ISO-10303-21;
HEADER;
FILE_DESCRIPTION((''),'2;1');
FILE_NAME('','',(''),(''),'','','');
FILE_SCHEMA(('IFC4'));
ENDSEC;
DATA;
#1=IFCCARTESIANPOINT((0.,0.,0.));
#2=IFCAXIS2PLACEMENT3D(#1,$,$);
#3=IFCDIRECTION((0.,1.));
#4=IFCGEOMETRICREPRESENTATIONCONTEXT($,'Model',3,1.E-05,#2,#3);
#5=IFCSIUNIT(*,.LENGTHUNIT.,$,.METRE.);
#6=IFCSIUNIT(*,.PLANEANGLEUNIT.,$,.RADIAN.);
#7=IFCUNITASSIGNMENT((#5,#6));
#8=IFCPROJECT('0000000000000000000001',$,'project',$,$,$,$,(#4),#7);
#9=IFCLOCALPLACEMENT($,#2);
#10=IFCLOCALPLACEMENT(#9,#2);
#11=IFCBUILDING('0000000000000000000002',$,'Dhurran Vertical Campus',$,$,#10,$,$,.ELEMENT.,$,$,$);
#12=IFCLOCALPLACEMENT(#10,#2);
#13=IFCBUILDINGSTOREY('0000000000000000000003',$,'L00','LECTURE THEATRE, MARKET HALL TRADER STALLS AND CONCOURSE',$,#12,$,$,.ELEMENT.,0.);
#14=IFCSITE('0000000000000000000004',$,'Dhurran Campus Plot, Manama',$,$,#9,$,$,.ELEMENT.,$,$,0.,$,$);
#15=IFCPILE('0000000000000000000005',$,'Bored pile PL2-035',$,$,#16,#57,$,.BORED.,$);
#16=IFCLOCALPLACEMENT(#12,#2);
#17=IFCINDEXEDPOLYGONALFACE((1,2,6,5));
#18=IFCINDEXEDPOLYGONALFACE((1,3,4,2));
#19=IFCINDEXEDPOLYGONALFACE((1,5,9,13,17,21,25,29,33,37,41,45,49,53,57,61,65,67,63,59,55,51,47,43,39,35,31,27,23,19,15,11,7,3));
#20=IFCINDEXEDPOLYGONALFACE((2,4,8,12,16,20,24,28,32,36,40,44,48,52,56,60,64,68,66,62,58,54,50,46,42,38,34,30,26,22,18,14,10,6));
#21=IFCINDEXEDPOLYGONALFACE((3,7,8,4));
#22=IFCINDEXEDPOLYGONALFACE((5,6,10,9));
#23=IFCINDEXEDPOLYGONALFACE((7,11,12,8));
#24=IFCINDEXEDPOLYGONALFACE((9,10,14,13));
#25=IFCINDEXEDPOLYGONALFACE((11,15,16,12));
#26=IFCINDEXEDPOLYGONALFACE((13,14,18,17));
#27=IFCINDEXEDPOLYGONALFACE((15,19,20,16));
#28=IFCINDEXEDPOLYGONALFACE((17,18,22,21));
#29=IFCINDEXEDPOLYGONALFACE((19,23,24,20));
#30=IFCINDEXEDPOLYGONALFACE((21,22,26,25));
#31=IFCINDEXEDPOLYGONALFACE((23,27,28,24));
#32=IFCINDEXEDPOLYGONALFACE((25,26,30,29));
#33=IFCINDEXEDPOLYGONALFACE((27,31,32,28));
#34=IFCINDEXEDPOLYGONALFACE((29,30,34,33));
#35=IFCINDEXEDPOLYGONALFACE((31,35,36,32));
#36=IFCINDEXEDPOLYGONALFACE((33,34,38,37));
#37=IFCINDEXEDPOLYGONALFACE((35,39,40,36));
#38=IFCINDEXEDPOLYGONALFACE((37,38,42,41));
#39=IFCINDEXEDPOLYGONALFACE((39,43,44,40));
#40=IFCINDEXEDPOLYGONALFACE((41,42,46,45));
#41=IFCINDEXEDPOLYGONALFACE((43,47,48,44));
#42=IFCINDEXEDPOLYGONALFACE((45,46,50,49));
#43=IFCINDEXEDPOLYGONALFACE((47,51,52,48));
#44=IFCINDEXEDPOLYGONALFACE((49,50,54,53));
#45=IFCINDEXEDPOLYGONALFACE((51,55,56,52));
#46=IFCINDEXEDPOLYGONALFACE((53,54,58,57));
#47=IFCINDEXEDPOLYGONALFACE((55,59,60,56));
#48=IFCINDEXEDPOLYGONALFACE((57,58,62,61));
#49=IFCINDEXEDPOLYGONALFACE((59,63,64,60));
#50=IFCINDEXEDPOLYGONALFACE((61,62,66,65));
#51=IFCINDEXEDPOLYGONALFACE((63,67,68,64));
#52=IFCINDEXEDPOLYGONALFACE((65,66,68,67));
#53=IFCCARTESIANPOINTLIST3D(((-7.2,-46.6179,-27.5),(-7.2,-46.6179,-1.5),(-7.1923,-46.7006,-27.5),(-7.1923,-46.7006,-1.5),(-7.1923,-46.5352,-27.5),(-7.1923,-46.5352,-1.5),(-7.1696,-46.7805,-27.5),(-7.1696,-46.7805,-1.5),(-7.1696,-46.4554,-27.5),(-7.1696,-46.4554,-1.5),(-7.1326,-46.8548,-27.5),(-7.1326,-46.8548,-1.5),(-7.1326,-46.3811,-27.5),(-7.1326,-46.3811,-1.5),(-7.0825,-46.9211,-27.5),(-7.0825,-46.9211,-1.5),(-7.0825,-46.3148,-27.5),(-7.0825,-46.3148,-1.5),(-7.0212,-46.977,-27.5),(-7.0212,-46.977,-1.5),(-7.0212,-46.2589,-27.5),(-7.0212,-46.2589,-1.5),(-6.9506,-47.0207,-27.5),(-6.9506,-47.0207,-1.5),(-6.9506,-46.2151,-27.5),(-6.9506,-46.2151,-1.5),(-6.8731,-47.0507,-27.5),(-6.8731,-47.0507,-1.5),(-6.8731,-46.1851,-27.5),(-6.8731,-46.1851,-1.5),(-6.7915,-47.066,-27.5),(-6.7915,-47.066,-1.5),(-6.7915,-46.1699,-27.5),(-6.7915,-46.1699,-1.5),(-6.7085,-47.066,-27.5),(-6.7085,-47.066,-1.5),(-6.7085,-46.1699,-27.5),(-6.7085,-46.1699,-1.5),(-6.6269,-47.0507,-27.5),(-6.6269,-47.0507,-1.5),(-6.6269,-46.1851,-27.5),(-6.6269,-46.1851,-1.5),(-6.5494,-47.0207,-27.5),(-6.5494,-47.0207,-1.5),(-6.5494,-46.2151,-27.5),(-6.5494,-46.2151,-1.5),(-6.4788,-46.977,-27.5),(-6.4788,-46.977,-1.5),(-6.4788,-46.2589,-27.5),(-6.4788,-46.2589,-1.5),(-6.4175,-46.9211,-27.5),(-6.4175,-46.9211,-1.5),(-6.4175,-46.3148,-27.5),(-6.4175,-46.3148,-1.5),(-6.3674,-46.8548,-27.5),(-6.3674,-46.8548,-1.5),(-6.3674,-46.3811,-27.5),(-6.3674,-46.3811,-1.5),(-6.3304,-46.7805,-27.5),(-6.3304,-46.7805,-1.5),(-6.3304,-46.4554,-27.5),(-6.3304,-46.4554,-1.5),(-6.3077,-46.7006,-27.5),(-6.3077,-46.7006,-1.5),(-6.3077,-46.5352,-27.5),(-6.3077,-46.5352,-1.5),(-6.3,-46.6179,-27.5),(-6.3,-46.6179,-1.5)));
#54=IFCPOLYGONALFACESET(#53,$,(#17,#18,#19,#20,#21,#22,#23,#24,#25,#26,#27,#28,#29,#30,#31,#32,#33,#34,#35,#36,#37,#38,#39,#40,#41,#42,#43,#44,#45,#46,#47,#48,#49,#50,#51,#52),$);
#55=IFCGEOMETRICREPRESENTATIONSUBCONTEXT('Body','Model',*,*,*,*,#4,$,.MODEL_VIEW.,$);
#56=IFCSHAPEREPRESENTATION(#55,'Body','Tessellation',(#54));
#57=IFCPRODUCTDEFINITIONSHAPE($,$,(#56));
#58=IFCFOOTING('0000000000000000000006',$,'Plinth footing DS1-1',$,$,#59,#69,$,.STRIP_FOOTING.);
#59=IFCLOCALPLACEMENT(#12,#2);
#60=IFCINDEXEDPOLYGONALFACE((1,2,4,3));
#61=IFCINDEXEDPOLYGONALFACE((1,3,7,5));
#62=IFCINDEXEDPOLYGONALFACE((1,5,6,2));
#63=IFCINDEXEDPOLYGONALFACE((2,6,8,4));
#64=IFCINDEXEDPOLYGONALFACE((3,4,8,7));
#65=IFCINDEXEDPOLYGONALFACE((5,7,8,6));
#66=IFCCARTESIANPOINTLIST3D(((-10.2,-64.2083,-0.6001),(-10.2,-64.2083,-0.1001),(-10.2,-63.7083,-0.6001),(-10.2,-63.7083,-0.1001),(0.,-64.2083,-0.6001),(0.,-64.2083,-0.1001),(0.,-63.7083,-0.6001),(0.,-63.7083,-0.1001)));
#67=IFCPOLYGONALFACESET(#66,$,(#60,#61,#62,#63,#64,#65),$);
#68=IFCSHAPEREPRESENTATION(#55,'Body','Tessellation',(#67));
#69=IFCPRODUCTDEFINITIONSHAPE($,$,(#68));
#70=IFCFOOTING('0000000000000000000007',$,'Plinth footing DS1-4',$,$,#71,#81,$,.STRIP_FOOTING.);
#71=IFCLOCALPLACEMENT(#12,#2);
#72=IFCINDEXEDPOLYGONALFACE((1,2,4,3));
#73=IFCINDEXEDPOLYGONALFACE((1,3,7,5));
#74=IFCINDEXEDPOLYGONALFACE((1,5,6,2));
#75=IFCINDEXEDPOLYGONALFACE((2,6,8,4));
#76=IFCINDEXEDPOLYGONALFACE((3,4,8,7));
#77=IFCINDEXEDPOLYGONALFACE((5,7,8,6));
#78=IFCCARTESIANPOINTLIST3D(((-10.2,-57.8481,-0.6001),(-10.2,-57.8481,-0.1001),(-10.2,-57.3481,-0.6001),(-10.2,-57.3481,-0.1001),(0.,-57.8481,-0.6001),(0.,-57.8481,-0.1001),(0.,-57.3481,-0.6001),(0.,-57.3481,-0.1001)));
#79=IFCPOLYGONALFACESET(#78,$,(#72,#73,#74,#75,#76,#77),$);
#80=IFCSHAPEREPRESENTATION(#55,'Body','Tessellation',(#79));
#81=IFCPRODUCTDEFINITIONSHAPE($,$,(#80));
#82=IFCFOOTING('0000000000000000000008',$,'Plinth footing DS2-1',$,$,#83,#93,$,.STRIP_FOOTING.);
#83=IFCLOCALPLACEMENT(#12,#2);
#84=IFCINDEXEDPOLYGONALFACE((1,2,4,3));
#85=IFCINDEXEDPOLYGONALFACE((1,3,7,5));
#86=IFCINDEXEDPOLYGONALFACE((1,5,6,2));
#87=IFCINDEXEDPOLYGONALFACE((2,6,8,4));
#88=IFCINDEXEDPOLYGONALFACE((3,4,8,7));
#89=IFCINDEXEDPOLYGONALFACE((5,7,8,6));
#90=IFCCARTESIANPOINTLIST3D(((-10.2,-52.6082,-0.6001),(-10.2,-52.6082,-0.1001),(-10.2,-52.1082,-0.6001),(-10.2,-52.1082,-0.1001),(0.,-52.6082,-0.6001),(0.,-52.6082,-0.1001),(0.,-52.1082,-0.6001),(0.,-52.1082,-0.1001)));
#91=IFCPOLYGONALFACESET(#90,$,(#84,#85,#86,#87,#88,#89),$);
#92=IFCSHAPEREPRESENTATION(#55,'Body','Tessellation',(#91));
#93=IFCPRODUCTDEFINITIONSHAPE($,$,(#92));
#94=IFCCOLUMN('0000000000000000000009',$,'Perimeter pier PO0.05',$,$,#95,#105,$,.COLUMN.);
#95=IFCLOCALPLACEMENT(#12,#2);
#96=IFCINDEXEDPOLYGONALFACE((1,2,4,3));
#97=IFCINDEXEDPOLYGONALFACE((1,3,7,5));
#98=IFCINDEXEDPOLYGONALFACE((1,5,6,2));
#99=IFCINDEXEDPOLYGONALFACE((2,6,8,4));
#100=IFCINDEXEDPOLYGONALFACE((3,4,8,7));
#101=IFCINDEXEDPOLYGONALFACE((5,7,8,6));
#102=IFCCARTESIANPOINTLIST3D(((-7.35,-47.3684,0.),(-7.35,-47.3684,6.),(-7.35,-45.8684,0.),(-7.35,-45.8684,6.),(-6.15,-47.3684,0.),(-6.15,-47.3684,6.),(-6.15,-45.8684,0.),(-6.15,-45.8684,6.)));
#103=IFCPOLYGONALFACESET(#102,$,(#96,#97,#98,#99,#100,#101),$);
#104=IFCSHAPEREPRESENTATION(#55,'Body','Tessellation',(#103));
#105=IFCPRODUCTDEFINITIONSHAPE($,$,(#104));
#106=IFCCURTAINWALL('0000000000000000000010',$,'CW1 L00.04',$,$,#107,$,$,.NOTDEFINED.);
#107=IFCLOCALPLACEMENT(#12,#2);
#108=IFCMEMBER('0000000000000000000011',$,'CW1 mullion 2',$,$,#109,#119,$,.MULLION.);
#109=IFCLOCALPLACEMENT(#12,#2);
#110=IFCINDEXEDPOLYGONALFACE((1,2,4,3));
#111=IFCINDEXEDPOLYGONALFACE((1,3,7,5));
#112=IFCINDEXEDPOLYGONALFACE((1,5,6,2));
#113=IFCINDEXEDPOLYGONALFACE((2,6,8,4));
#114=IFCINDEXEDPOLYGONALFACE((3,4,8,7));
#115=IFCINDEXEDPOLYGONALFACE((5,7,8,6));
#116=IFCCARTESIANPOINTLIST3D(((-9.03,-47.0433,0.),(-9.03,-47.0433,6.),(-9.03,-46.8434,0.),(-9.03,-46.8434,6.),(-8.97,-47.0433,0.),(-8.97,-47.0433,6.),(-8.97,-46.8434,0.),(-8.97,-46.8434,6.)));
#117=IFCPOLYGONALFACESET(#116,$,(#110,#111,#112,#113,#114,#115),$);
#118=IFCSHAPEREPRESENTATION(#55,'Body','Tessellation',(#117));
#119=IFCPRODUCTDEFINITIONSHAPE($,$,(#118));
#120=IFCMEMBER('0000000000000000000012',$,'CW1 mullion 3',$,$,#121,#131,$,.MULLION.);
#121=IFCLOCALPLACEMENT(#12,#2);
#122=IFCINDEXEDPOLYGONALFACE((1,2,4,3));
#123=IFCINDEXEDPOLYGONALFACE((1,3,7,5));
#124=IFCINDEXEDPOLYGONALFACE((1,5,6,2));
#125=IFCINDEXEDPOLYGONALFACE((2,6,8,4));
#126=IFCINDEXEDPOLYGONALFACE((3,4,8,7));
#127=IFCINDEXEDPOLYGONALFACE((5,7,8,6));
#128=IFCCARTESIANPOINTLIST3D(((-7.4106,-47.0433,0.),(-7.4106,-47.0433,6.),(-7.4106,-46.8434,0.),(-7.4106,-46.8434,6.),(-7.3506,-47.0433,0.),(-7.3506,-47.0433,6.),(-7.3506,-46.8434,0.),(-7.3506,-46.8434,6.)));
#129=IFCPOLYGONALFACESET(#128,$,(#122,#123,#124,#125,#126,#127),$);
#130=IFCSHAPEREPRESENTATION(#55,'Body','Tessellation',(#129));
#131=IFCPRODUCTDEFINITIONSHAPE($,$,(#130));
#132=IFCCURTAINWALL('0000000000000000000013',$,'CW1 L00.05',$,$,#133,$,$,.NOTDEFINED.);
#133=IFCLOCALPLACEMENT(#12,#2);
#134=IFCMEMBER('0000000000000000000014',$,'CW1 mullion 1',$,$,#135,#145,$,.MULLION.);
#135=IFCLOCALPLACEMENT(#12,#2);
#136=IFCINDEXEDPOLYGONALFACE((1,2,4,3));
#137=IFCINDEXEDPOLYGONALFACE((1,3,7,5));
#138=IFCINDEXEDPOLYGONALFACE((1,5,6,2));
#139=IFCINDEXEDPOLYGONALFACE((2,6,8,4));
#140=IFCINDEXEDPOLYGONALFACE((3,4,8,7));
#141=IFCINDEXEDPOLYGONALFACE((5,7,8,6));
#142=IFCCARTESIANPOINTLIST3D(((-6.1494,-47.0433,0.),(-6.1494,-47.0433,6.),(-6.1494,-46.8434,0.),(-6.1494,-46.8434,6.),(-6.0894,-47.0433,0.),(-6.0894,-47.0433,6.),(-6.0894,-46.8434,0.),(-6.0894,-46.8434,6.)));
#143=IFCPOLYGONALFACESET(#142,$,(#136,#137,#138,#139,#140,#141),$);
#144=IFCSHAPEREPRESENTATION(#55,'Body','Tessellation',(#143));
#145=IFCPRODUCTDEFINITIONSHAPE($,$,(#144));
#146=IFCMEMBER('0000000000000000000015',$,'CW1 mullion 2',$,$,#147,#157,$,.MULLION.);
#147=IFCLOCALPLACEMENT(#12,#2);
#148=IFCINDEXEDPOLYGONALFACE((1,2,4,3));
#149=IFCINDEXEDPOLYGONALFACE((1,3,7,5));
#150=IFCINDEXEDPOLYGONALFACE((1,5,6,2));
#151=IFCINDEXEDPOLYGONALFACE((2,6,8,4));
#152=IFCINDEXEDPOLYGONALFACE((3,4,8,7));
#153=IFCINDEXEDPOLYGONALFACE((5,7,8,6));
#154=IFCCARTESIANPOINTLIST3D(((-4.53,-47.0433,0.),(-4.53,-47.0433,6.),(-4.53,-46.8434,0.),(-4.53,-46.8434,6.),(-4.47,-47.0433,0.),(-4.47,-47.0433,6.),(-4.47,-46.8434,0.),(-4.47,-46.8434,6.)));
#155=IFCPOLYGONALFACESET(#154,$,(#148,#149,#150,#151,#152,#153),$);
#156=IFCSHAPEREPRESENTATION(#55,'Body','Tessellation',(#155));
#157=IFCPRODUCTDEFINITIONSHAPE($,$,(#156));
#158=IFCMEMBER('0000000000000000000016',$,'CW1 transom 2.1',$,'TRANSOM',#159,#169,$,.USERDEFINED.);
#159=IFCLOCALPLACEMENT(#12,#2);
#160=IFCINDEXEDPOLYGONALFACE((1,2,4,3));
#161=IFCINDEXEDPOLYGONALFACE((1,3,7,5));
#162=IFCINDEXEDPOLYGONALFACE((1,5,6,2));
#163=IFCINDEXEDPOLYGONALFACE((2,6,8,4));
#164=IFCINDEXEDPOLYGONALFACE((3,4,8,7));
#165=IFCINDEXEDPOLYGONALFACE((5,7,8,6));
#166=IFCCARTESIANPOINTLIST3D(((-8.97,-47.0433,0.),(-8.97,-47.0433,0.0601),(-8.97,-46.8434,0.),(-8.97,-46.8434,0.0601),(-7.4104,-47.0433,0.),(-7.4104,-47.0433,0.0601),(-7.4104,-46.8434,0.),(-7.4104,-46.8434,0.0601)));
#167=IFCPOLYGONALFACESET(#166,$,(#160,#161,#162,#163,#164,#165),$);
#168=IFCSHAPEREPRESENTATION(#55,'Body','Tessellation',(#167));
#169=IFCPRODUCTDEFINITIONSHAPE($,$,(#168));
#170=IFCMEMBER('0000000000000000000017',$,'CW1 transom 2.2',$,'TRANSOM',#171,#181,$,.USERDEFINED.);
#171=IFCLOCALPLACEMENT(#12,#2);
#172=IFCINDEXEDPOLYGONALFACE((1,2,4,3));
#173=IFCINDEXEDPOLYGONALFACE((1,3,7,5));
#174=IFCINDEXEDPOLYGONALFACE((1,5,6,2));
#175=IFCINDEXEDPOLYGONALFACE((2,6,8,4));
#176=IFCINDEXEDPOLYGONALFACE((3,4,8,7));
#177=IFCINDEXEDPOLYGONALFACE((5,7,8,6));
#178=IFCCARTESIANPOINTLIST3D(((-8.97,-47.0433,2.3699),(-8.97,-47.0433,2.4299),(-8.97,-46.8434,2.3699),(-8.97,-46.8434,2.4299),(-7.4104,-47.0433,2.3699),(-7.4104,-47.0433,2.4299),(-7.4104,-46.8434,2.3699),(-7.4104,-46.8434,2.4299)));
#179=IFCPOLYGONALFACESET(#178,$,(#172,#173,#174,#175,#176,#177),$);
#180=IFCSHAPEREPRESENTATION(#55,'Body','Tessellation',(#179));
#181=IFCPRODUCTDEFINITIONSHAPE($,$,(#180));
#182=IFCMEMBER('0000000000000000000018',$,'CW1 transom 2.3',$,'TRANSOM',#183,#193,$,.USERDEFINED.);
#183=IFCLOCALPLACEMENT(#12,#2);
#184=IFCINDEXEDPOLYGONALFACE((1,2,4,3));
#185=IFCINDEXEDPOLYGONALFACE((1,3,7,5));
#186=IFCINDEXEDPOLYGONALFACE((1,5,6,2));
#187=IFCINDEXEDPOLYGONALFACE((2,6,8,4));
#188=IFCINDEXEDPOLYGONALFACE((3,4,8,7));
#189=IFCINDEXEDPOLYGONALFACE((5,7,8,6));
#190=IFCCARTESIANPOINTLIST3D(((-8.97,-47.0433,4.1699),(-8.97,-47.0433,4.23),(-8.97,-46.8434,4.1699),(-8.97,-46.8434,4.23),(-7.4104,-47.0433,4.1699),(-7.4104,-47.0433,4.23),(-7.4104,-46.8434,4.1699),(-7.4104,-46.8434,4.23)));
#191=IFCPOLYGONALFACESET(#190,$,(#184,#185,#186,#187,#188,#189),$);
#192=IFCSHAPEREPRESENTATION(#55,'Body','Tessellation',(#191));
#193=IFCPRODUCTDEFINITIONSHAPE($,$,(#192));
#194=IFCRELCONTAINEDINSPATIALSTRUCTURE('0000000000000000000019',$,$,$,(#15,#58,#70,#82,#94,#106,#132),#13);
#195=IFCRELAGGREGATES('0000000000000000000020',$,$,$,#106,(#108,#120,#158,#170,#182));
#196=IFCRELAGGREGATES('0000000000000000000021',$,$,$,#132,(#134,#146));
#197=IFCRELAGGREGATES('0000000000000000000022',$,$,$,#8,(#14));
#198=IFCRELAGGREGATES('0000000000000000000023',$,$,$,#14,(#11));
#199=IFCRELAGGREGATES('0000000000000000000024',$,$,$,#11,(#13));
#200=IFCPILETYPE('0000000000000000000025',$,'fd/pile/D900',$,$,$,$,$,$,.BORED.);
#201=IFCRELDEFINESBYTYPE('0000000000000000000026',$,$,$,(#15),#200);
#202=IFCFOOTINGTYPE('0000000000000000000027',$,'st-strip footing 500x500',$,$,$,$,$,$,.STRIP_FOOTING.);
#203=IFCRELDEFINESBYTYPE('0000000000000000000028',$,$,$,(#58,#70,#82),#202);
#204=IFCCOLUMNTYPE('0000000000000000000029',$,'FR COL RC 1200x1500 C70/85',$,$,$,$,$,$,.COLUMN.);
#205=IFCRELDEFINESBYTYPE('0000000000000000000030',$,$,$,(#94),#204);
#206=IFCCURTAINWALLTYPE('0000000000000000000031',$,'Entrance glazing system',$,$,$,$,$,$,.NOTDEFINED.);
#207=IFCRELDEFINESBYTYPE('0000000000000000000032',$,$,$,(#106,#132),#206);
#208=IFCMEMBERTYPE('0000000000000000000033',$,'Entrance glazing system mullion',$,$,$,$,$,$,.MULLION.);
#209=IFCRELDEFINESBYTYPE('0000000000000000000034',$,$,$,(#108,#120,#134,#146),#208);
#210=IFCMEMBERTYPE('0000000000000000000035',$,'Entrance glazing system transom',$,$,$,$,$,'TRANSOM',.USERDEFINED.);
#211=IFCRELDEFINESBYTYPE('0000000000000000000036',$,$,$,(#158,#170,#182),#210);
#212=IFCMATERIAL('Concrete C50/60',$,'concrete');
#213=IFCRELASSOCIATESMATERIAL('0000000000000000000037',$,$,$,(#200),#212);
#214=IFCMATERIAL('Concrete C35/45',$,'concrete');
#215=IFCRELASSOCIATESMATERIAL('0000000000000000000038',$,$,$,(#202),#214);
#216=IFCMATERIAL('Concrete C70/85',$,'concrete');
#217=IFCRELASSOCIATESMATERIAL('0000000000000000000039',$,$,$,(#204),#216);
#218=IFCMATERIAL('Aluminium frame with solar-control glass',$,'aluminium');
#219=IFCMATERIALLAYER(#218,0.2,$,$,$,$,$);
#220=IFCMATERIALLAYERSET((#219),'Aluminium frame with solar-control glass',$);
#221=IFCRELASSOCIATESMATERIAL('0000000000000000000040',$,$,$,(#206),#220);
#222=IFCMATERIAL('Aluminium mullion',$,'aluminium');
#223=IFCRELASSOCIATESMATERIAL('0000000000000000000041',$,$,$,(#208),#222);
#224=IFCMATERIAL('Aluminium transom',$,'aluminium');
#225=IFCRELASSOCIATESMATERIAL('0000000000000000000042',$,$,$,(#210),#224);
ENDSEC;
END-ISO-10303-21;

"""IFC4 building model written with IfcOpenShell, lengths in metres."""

from ifc_helpers import new_model, si_unit, direction, frame, origin, origin_2d, place, context, subcontext, project, spatial, rectangle, circle, extrude, material, layer, layer_set, material_profile, profile_set, type_object, element, aggregate, save


model = new_model("IFC4")

# Units and contexts
model_context = context("Model", 3, precision=1e-05, world=origin(), true_north=direction((0.0, 1.0)))
body_context = subcontext(model_context, "Body", "Model", "MODEL_VIEW")
ifc_project = project(units=[si_unit("LENGTHUNIT", "METRE"), si_unit("PLANEANGLEUNIT", "RADIAN")], contexts=[model_context])

# Site, building, storey
site_placement = place(None, origin())
site = spatial("IfcSite", under=ifc_project, at=site_placement, Name="Dhurran Campus Plot, Manama", CompositionType="ELEMENT", RefElevation=0.0)
building_placement = place(site_placement, origin())
building = spatial("IfcBuilding", under=site, at=building_placement, Name="Dhurran Vertical Campus", CompositionType="ELEMENT")
storey_placement = place(building_placement, origin())
storey = spatial("IfcBuildingStorey", under=building, at=storey_placement, Name="L00", Description="LECTURE THEATRE, MARKET HALL TRADER STALLS AND CONCOURSE", CompositionType="ELEMENT", Elevation=0.0)

# Pile
ifc_material_1 = material(Name="Concrete C50/60", Category="concrete")
ifc_material_profile_1 = material_profile(ifc_material_1, circle(Radius=0.45, at=origin_2d()), Name="fd/pile/D900")
ifc_profile_set_1 = profile_set([ifc_material_profile_1], Name="Concrete C50/60")
pile_type = type_object("IfcPileType", Name="fd/pile/D900", PredefinedType="BORED", material=ifc_profile_set_1)
pile_placement = place(storey_placement, frame((-6.75, -46.6179, -1.5), z_axis=(0.0, 0.0, -1.0), x_axis=(1.0, 0.0, 0.0)))
element("IfcPile", 1, at=pile_placement, inside=storey, type_object=pile_type, Name="Bored pile PL2-035", PredefinedType="BORED", context=body_context, shape_type="SweptSolid", body=[
    extrude(circle(Radius=0.45, at=origin_2d()), origin(), (0.0, 0.0, 1.0), 26.0),
])

# Footings
ifc_material_2 = material(Name="Concrete C35/45", Category="concrete")
ifc_material_profile_2 = material_profile(ifc_material_2, rectangle(XDim=0.5, YDim=0.5, at=origin_2d()), Name="st-strip footing 500x500")
ifc_profile_set_2 = profile_set([ifc_material_profile_2], Name="Concrete C35/45")
footing_type = type_object("IfcFootingType", Name="st-strip footing 500x500", PredefinedType="STRIP_FOOTING", material=ifc_profile_set_2)
for number, where, z_axis, x_axis, name in (
    (2, (-10.2, -63.9583, -0.3501), (1.0, 0.0, 0.0), (0.0, 1.0, 0.0), "Plinth footing DS1-1"),
    (3, (-10.2, -57.5981, -0.3501), (1.0, 0.0, 0.0), (0.0, 1.0, 0.0), "Plinth footing DS1-4"),
    (4, (-10.2, -52.3582, -0.3501), (1.0, 0.0, 0.0), (0.0, 1.0, 0.0), "Plinth footing DS2-1"),
):
    element("IfcFooting", number, at=place(storey_placement, frame(where, z_axis=z_axis, x_axis=x_axis)), inside=storey, type_object=footing_type, Name=name, PredefinedType="STRIP_FOOTING", context=body_context, shape_type="SweptSolid", body=[
        extrude(rectangle(XDim=0.5, YDim=0.5, at=origin_2d()), origin(), (0.0, 0.0, 1.0), 10.2),
    ])

# Column
ifc_material_3 = material(Name="Concrete C70/85", Category="concrete")
ifc_material_profile_3 = material_profile(ifc_material_3, rectangle(XDim=1.2, YDim=1.5, at=origin_2d()), Name="RC 1200x1500")
ifc_profile_set_3 = profile_set([ifc_material_profile_3], Name="Concrete C70/85")
column_type = type_object("IfcColumnType", Name="FR COL RC 1200x1500 C70/85", PredefinedType="COLUMN", material=ifc_profile_set_3)
column_placement = place(storey_placement, frame((-6.75, -46.6184, 0.0), z_axis=(0.0, 0.0, 1.0), x_axis=(1.0, 0.0, 0.0)))
element("IfcColumn", 5, at=column_placement, inside=storey, type_object=column_type, Name="Perimeter pier PO0.05", PredefinedType="COLUMN", context=body_context, shape_type="SweptSolid", body=[
    extrude(rectangle(XDim=1.2, YDim=1.5, at=origin_2d()), origin(), (0.0, 0.0, 1.0), 6.0),
])

# Curtain walls, members
ifc_material_4 = material(Name="Aluminium frame with solar-control glass", Category="aluminium")
ifc_layer_1 = layer(ifc_material_4, 0.2)
ifc_layer_set_1 = layer_set([ifc_layer_1], Name="Aluminium frame with solar-control glass")
curtain_wall_type = type_object("IfcCurtainWallType", Name="Entrance glazing system", PredefinedType="NOTDEFINED", material=ifc_layer_set_1)
curtain_wall_1_placement = place(storey_placement, origin())
curtain_wall_1 = element("IfcCurtainWall", 6, at=curtain_wall_1_placement, inside=storey, type_object=curtain_wall_type, Name="CW1 L00.04", PredefinedType="NOTDEFINED")
ifc_material_5 = material(Name="Aluminium mullion", Category="aluminium")
ifc_material_profile_4 = material_profile(ifc_material_5, rectangle(XDim=0.2, YDim=0.0601, at=origin_2d()), Name="Entrance glazing system mullion")
ifc_profile_set_4 = profile_set([ifc_material_profile_4], Name="Aluminium mullion")
member_type_1 = type_object("IfcMemberType", Name="Entrance glazing system mullion", PredefinedType="MULLION", material=ifc_profile_set_4)
member_1_placement = place(storey_placement, frame((-9.0, -46.9434, 0.0), z_axis=(0.0, 0.0, 1.0), x_axis=(0.0, 1.0, 0.0)))
member_1 = element("IfcMember", 7, at=member_1_placement, type_object=member_type_1, Name="CW1 mullion 2", PredefinedType="MULLION", context=body_context, shape_type="SweptSolid", body=[
    extrude(rectangle(XDim=0.2, YDim=0.0601, at=origin_2d()), origin(), (0.0, 0.0, 1.0), 6.0),
])
member_2_placement = place(storey_placement, frame((-7.3806, -46.9434, 0.0), z_axis=(0.0, 0.0, 1.0), x_axis=(0.0, 1.0, 0.0)))
member_2 = element("IfcMember", 8, at=member_2_placement, type_object=member_type_1, Name="CW1 mullion 3", PredefinedType="MULLION", context=body_context, shape_type="SweptSolid", body=[
    extrude(rectangle(XDim=0.2, YDim=0.0601, at=origin_2d()), origin(), (0.0, 0.0, 1.0), 6.0),
])
curtain_wall_2_placement = place(storey_placement, origin())
curtain_wall_2 = element("IfcCurtainWall", 9, at=curtain_wall_2_placement, inside=storey, type_object=curtain_wall_type, Name="CW1 L00.05", PredefinedType="NOTDEFINED")
member_3_placement = place(storey_placement, frame((-6.1194, -46.9434, 0.0), z_axis=(0.0, 0.0, 1.0), x_axis=(0.0, 1.0, 0.0)))
member_3 = element("IfcMember", 10, at=member_3_placement, type_object=member_type_1, Name="CW1 mullion 1", PredefinedType="MULLION", context=body_context, shape_type="SweptSolid", body=[
    extrude(rectangle(XDim=0.2, YDim=0.0601, at=origin_2d()), origin(), (0.0, 0.0, 1.0), 6.0),
])
member_4_placement = place(storey_placement, frame((-4.5, -46.9434, 0.0), z_axis=(0.0, 0.0, 1.0), x_axis=(0.0, 1.0, 0.0)))
member_4 = element("IfcMember", 11, at=member_4_placement, type_object=member_type_1, Name="CW1 mullion 2", PredefinedType="MULLION", context=body_context, shape_type="SweptSolid", body=[
    extrude(rectangle(XDim=0.2, YDim=0.0601, at=origin_2d()), origin(), (0.0, 0.0, 1.0), 6.0),
])

# Members
ifc_material_6 = material(Name="Aluminium transom", Category="aluminium")
ifc_material_profile_5 = material_profile(ifc_material_6, rectangle(XDim=0.2, YDim=0.0601, at=origin_2d()), Name="Entrance glazing system transom")
ifc_profile_set_5 = profile_set([ifc_material_profile_5], Name="Aluminium transom")
member_type_2 = type_object("IfcMemberType", Name="Entrance glazing system transom", ElementType="TRANSOM", PredefinedType="USERDEFINED", material=ifc_profile_set_5)
member_5_placement = place(storey_placement, frame((-8.97, -46.9434, 0.03), z_axis=(1.0, 0.0, 0.0), x_axis=(0.0, 1.0, 0.0)))
member_5 = element("IfcMember", 12, at=member_5_placement, type_object=member_type_2, Name="CW1 transom 2.1", ObjectType="TRANSOM", PredefinedType="USERDEFINED", context=body_context, shape_type="SweptSolid", body=[
    extrude(rectangle(XDim=0.2, YDim=0.0601, at=origin_2d()), origin(), (0.0, 0.0, 1.0), 1.5596),
])
member_6_placement = place(storey_placement, frame((-8.97, -46.9434, 2.3999), z_axis=(1.0, 0.0, 0.0), x_axis=(0.0, 1.0, 0.0)))
member_6 = element("IfcMember", 13, at=member_6_placement, type_object=member_type_2, Name="CW1 transom 2.2", ObjectType="TRANSOM", PredefinedType="USERDEFINED", context=body_context, shape_type="SweptSolid", body=[
    extrude(rectangle(XDim=0.2, YDim=0.0601, at=origin_2d()), origin(), (0.0, 0.0, 1.0), 1.5596),
])
member_7_placement = place(storey_placement, frame((-8.97, -46.9434, 4.2), z_axis=(1.0, 0.0, 0.0), x_axis=(0.0, 1.0, 0.0)))
member_7 = element("IfcMember", 14, at=member_7_placement, type_object=member_type_2, Name="CW1 transom 2.3", ObjectType="TRANSOM", PredefinedType="USERDEFINED", context=body_context, shape_type="SweptSolid", body=[
    extrude(rectangle(XDim=0.2, YDim=0.0601, at=origin_2d()), origin(), (0.0, 0.0, 1.0), 1.5596),
])

aggregate(curtain_wall_1, [member_1, member_2, member_5, member_6, member_7])
aggregate(curtain_wall_2, [member_3, member_4])

save(model, "model.ifc")
